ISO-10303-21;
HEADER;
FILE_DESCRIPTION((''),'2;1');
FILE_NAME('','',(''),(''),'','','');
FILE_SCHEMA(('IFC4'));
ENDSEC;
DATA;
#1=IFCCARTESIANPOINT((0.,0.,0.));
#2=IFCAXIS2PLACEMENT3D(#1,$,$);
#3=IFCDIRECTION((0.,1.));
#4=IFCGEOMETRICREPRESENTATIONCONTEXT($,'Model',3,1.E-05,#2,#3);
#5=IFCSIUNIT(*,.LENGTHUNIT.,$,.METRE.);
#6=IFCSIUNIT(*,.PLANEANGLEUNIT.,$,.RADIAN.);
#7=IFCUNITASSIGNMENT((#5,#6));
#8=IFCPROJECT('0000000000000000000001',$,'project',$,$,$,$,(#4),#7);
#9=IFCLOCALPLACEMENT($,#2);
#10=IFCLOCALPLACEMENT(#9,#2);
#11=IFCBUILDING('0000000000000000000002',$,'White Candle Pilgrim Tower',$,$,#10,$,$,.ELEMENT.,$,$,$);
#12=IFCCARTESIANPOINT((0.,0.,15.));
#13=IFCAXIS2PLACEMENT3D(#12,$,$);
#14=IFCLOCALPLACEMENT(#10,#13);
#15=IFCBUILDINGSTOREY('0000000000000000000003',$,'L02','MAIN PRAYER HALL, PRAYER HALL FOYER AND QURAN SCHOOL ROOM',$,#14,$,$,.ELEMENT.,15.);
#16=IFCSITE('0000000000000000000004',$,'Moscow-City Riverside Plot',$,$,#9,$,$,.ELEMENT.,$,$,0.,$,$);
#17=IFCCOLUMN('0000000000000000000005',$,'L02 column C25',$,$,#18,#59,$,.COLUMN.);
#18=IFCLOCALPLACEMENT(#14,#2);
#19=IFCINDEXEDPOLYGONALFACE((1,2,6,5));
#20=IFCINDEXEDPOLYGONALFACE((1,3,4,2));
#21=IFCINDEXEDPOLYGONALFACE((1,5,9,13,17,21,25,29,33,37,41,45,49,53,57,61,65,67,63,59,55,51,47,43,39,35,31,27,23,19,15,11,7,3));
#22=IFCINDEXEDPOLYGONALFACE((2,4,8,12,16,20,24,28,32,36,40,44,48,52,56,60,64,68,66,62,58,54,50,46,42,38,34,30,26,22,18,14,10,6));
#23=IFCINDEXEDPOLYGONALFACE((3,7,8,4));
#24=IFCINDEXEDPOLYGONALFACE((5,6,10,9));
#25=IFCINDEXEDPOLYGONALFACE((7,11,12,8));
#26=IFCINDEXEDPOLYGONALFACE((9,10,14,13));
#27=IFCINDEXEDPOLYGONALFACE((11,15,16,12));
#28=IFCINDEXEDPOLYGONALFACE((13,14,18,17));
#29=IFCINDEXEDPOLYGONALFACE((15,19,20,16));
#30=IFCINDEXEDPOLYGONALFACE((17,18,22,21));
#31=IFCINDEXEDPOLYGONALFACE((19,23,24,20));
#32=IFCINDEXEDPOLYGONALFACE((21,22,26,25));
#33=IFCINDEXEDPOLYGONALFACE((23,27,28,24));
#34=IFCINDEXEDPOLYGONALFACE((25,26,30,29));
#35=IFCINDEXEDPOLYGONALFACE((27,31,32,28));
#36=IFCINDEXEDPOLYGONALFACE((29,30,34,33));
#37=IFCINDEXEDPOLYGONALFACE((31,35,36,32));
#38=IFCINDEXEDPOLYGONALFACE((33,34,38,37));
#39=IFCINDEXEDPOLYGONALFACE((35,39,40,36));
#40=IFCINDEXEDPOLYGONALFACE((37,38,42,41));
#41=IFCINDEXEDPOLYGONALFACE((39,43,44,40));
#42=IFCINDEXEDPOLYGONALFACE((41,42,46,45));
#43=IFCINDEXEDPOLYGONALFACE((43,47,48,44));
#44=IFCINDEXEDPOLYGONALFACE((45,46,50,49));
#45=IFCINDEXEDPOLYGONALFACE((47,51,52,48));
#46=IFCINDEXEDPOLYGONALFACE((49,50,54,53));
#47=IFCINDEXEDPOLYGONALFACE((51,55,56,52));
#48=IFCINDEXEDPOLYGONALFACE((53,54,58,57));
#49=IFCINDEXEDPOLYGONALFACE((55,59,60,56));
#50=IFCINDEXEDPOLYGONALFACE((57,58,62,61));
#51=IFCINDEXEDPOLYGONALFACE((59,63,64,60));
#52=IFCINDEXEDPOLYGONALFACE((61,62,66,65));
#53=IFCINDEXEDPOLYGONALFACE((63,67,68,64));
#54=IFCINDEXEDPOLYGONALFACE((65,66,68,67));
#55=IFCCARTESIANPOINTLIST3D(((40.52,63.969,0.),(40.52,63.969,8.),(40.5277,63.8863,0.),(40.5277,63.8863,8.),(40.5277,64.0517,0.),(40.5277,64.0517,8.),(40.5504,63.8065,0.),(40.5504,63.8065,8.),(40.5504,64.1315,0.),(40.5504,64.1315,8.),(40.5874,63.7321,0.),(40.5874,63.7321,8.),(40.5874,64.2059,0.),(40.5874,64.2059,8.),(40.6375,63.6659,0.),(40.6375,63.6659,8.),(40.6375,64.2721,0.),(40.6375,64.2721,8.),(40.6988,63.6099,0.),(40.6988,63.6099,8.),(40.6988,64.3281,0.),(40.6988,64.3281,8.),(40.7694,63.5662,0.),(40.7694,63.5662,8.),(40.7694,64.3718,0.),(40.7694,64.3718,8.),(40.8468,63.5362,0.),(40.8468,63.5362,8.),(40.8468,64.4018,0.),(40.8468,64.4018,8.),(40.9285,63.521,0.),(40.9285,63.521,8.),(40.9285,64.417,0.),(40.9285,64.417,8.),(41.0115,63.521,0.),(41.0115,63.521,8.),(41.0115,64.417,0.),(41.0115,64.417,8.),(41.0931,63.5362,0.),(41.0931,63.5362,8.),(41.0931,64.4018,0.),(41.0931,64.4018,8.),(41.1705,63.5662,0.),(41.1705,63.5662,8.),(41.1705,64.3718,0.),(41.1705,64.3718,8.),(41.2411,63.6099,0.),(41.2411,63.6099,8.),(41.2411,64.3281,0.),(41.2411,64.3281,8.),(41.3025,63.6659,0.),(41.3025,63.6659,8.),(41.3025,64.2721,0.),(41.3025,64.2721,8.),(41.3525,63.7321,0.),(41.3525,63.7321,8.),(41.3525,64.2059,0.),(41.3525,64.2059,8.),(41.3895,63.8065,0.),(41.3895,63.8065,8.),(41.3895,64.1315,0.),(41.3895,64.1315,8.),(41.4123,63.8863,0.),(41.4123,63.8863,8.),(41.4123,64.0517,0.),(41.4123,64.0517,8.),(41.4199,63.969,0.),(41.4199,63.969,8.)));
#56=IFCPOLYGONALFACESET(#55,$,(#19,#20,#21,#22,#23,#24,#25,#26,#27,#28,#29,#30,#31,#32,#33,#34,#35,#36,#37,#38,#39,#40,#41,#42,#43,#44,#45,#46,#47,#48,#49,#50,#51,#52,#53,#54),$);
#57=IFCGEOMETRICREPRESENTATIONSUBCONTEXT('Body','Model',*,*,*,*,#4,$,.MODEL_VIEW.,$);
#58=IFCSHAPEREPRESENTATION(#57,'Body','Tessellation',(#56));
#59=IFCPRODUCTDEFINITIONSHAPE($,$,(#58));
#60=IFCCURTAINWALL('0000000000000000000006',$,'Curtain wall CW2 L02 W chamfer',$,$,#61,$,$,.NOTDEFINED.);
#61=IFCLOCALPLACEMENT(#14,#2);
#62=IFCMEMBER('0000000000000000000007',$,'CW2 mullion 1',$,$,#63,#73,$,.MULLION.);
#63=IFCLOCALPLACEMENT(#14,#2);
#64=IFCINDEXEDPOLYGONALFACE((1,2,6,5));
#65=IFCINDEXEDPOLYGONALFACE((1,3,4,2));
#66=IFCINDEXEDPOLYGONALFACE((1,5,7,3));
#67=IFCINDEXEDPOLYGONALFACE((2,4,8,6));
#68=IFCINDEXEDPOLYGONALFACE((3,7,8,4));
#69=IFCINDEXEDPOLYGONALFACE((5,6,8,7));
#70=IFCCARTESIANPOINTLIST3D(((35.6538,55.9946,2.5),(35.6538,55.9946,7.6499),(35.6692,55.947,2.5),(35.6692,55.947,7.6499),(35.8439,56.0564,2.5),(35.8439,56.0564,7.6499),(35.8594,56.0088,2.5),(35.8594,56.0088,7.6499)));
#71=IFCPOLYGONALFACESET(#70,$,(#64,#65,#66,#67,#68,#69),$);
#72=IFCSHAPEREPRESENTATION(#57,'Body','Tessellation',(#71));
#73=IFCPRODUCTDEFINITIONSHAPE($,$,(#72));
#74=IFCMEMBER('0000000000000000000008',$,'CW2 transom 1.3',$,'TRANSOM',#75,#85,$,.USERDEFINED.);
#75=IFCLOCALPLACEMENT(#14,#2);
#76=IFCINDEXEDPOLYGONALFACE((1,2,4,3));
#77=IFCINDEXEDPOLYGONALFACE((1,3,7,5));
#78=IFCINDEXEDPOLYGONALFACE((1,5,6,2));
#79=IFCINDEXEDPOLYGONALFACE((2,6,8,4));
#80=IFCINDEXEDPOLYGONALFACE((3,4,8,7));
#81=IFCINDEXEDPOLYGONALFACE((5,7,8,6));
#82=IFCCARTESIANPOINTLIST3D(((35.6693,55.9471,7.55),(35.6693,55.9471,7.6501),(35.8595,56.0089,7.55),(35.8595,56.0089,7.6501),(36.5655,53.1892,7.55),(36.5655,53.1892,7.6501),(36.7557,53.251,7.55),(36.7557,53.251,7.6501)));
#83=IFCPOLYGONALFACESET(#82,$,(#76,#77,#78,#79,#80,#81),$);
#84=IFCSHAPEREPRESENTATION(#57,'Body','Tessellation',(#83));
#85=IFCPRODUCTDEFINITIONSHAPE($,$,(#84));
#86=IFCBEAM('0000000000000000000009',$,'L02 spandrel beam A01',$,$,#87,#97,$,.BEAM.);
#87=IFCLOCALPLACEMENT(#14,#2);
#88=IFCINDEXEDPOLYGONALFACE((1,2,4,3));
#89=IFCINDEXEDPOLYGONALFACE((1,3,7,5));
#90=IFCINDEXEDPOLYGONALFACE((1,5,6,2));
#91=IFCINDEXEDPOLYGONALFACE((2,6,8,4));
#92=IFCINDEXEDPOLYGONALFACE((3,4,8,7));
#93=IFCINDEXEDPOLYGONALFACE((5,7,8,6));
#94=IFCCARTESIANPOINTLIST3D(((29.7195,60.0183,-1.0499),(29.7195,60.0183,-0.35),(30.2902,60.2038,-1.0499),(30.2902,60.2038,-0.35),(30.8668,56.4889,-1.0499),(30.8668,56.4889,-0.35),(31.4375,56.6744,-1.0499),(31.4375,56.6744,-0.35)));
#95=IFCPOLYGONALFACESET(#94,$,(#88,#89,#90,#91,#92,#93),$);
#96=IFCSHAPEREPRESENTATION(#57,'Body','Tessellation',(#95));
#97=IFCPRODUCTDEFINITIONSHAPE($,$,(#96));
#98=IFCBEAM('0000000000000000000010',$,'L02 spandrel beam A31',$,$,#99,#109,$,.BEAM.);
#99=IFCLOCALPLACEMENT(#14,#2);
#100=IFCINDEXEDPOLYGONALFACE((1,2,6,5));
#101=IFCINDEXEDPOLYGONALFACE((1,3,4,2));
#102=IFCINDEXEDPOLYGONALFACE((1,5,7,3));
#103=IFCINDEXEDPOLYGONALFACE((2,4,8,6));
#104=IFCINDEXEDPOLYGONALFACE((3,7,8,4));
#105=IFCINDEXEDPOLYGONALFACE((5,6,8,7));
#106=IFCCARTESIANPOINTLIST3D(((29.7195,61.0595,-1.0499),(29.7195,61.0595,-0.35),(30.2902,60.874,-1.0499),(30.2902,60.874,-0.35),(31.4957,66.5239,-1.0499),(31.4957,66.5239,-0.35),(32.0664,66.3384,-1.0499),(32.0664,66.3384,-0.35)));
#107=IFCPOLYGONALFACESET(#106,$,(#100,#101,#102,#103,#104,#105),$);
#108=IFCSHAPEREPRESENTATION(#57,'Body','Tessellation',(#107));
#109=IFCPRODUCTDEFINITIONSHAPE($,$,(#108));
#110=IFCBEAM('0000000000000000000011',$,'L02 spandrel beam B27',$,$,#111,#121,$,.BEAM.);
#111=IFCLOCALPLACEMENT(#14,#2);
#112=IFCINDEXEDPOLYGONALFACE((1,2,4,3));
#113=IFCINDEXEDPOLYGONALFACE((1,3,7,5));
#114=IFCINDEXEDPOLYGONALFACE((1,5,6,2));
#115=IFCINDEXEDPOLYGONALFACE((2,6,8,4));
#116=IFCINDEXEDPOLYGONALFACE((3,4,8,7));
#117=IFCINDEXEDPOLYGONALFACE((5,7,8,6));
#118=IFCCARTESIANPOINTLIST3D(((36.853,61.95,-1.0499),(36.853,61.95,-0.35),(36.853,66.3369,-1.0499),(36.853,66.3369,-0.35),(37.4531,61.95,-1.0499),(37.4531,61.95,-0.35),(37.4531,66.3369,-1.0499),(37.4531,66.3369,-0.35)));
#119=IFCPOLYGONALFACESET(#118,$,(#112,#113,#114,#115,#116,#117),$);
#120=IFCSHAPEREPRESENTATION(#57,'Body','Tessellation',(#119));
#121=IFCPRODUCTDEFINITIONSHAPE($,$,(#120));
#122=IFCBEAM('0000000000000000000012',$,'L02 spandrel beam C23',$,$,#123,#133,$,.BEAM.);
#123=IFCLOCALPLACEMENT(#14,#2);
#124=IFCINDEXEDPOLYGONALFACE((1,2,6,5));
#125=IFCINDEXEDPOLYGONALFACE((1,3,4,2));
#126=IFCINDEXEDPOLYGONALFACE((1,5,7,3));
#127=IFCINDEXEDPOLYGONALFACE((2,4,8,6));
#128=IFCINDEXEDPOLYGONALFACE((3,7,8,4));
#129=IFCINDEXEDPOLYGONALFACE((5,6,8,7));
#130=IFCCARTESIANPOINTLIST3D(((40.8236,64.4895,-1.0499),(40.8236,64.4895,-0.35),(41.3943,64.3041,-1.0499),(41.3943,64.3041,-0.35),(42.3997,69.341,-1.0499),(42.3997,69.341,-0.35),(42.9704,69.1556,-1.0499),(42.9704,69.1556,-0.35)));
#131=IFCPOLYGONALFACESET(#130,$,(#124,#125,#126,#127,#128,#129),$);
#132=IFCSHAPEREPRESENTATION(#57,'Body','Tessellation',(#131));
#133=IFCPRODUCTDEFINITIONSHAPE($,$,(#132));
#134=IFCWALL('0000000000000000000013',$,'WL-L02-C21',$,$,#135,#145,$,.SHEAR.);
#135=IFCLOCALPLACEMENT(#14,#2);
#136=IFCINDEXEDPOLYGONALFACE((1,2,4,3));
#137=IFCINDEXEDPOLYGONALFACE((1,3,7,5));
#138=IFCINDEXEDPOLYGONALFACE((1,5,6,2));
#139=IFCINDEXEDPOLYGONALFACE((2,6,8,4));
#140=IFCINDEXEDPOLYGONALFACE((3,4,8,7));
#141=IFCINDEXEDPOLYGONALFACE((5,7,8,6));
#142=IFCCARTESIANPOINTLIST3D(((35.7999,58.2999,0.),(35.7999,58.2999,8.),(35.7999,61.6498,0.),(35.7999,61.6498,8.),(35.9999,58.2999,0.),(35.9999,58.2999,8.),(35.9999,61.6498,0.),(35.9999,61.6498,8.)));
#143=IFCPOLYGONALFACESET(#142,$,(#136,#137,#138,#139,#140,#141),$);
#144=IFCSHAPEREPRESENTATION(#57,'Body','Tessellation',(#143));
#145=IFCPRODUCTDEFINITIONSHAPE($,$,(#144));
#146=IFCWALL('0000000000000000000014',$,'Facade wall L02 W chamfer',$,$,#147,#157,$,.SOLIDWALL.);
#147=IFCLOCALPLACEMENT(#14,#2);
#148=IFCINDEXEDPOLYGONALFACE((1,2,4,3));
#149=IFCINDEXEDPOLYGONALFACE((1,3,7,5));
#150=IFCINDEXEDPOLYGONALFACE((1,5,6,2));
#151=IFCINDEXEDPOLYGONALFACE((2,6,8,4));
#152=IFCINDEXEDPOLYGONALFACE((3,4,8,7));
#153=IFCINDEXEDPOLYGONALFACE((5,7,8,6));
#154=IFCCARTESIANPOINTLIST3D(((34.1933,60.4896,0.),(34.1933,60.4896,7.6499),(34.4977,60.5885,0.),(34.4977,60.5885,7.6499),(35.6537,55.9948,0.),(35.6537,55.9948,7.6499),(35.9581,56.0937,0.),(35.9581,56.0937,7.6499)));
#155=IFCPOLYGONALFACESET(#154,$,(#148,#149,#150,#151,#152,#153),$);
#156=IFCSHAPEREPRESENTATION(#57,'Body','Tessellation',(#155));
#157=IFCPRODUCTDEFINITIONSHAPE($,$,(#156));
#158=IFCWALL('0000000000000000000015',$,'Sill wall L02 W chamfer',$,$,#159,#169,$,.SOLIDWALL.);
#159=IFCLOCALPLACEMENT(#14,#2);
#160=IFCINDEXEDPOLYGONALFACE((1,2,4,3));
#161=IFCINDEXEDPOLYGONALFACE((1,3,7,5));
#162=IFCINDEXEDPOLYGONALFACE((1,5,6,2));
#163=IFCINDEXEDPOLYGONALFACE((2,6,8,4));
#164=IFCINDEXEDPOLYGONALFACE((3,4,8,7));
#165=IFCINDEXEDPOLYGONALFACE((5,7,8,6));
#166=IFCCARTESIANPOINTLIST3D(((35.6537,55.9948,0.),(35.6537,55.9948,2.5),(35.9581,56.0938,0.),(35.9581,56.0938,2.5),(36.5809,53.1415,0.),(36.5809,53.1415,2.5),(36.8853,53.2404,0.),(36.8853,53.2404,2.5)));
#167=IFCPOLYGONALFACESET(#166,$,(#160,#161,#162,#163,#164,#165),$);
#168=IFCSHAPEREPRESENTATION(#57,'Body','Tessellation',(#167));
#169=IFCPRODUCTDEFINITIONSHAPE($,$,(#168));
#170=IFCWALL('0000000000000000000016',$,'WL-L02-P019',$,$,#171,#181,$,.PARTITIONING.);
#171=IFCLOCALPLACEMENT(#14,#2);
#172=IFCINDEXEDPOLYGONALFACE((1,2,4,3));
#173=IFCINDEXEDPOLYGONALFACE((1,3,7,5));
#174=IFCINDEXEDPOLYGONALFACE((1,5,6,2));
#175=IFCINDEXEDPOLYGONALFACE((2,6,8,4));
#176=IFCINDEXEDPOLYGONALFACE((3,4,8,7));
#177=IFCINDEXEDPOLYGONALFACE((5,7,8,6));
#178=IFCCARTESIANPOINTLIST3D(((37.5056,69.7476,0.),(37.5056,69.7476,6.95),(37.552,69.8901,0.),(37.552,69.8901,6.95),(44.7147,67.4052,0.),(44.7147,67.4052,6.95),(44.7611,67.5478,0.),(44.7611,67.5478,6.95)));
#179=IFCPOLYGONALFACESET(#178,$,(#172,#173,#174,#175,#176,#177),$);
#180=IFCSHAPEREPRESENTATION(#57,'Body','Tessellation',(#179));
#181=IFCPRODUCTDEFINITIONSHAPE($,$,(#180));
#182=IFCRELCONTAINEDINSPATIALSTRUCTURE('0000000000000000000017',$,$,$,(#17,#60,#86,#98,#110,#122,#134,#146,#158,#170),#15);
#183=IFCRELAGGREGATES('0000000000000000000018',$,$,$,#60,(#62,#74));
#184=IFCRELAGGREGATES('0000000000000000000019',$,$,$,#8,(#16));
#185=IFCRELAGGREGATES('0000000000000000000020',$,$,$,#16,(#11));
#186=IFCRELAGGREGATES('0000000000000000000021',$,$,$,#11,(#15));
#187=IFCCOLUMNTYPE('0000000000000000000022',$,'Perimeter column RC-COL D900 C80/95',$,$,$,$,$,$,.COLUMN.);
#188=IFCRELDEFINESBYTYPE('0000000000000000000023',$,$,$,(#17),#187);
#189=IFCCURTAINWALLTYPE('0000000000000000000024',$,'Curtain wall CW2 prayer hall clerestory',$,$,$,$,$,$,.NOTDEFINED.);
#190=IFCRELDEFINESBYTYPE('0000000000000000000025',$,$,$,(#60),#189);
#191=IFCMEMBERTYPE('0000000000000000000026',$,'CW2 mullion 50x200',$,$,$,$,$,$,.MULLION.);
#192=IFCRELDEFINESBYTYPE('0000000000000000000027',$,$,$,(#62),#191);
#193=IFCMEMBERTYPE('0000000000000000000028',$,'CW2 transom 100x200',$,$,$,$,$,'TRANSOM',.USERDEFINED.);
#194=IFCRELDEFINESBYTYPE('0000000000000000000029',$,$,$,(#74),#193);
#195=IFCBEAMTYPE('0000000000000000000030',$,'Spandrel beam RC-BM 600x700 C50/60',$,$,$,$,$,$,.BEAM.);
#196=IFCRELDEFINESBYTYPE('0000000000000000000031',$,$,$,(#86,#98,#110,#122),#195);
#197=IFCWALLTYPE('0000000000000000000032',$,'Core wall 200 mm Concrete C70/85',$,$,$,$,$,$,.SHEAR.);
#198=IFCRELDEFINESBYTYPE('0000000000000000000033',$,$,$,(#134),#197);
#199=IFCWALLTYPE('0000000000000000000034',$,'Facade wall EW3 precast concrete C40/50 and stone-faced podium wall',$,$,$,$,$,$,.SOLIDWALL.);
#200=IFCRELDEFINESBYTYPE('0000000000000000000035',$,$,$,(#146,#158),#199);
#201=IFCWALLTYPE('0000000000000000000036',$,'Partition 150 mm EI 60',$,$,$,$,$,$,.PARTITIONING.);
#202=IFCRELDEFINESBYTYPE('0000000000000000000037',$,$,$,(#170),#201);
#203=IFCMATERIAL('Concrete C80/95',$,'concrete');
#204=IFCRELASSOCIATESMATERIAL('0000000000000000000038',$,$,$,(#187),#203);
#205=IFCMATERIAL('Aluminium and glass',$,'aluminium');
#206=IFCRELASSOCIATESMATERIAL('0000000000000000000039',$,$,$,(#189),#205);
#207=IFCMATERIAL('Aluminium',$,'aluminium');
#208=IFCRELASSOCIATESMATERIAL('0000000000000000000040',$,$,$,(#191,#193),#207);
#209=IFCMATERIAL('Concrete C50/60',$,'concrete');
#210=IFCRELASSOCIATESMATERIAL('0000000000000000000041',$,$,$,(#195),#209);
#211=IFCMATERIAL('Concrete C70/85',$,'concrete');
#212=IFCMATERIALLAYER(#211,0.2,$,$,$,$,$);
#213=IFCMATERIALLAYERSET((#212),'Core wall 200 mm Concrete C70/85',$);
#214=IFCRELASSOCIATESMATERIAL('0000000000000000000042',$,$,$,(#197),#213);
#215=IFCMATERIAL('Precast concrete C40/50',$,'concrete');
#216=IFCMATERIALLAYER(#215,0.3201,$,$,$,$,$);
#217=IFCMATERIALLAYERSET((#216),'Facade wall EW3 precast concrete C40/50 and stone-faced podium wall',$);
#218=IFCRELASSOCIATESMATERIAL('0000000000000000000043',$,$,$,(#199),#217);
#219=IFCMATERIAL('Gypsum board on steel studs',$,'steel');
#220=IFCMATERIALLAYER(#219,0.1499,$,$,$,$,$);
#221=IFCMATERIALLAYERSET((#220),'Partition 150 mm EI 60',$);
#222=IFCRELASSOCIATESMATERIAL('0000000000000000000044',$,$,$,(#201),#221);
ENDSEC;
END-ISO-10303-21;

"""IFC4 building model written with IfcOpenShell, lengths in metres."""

from ifc_helpers import new_model, si_unit, direction, frame, frame_2d, origin, origin_2d, place, context, subcontext, project, spatial, rectangle, circle, extrude, material, layer, layer_set, material_profile, profile_set, type_object, element, aggregate, save


model = new_model("IFC4")

# Units and contexts
model_context = context("Model", 3, precision=1e-05, world=origin(), true_north=direction((0.0, 1.0)))
body_context = subcontext(model_context, "Body", "Model", "MODEL_VIEW")
ifc_project = project(units=[si_unit("LENGTHUNIT", "METRE"), si_unit("PLANEANGLEUNIT", "RADIAN")], contexts=[model_context])

# Site, building, storey
site_placement = place(None, origin())
site = spatial("IfcSite", under=ifc_project, at=site_placement, Name="Moscow-City Riverside Plot", CompositionType="ELEMENT", RefElevation=0.0)
building_placement = place(site_placement, origin())
building = spatial("IfcBuilding", under=site, at=building_placement, Name="White Candle Pilgrim Tower", CompositionType="ELEMENT")
storey_placement = place(building_placement, frame((0.0, 0.0, 15.0)))
storey = spatial("IfcBuildingStorey", under=building, at=storey_placement, Name="L02", Description="MAIN PRAYER HALL, PRAYER HALL FOYER AND QURAN SCHOOL ROOM", CompositionType="ELEMENT", Elevation=15.0)

# Column
ifc_material_1 = material(Name="Concrete C80/95", Category="concrete")
ifc_material_profile_1 = material_profile(ifc_material_1, circle(Radius=0.45, at=origin_2d()), Name="RC-COL D900")
ifc_profile_set_1 = profile_set([ifc_material_profile_1], Name="Concrete C80/95")
column_type = type_object("IfcColumnType", Name="Perimeter column RC-COL D900 C80/95", PredefinedType="COLUMN", material=ifc_profile_set_1)
for number, where, z_axis, x_axis, name in (
    (1, (40.97, 63.969, 0.0), (0.0, 0.0, 1.0), (1.0, 0.0, 0.0), "L02 column C25"),
):
    element("IfcColumn", number, at=place(storey_placement, frame(where, z_axis=z_axis, x_axis=x_axis)), inside=storey, type_object=column_type, Name=name, PredefinedType="COLUMN", context=body_context, shape_type="SweptSolid", body=[
        extrude(circle(Radius=0.45, at=origin_2d()), origin(), (0.0, 0.0, 1.0), 8.0),
    ])

# Curtain wall, members
ifc_material_2 = material(Name="Aluminium and glass", Category="aluminium")
curtain_wall_type = type_object("IfcCurtainWallType", Name="Curtain wall CW2 prayer hall clerestory", PredefinedType="NOTDEFINED", material=ifc_material_2)
curtain_wall_placement = place(storey_placement, origin())
curtain_wall = element("IfcCurtainWall", 2, at=curtain_wall_placement, inside=storey, type_object=curtain_wall_type, Name="Curtain wall CW2 L02 W chamfer", PredefinedType="NOTDEFINED")
ifc_material_3 = material(Name="Aluminium", Category="aluminium")
ifc_material_profile_2 = material_profile(ifc_material_3, rectangle(XDim=0.2, YDim=0.05, at=origin_2d()), Name="CW2 mullion 50x200")
ifc_profile_set_2 = profile_set([ifc_material_profile_2], Name="Aluminium")
member_type_1 = type_object("IfcMemberType", Name="CW2 mullion 50x200", PredefinedType="MULLION", material=ifc_profile_set_2)
member_1_placement = place(storey_placement, frame((35.7566, 56.0017, 2.5), z_axis=(0.0, 0.0, 1.0), x_axis=(0.951057, 0.309017, 0.0)))
member_1 = element("IfcMember", 3, at=member_1_placement, type_object=member_type_1, Name="CW2 mullion 1", PredefinedType="MULLION", context=body_context, shape_type="SweptSolid", body=[
    extrude(rectangle(XDim=0.2, YDim=0.05, at=origin_2d()), origin(), (0.0, 0.0, 1.0), 5.1499),
])
ifc_material_profile_3 = material_profile(ifc_material_3, rectangle(XDim=0.2, YDim=0.1001, at=origin_2d()), Name="CW2 transom 100x200")
ifc_profile_set_3 = profile_set([ifc_material_profile_3], Name="Aluminium")
member_type_2 = type_object("IfcMemberType", Name="CW2 transom 100x200", ElementType="TRANSOM", PredefinedType="USERDEFINED", material=ifc_profile_set_3)
member_2_placement = place(storey_placement, frame((35.7644, 55.978, 7.6001), z_axis=(0.309046, -0.951047, 0.0), x_axis=(0.951047, 0.309046, 0.0)))
member_2 = element("IfcMember", 4, at=member_2_placement, type_object=member_type_2, Name="CW2 transom 1.3", ObjectType="TRANSOM", PredefinedType="USERDEFINED", context=body_context, shape_type="SweptSolid", body=[
    extrude(rectangle(XDim=0.2, YDim=0.1001, at=origin_2d()), origin(), (0.0, 0.0, 1.0), 2.8999),
])
aggregate(curtain_wall, [member_1, member_2])

# Beams
ifc_material_4 = material(Name="Concrete C50/60", Category="concrete")
ifc_material_profile_4 = material_profile(ifc_material_4, rectangle(XDim=0.6001, YDim=0.7, at=origin_2d()), Name="RC-BM 600x700")
ifc_profile_set_4 = profile_set([ifc_material_profile_4], Name="Concrete C50/60")
beam_type = type_object("IfcBeamType", Name="Spandrel beam RC-BM 600x700 C50/60", PredefinedType="BEAM", material=ifc_profile_set_4)
beam_1_placement = place(storey_placement, frame((30.0049, 60.1111, -0.7), z_axis=(0.309134, -0.951019, 0.0), x_axis=(0.951019, 0.309134, 0.0)))
element("IfcBeam", 5, at=beam_1_placement, inside=storey, type_object=beam_type, Name="L02 spandrel beam A01", PredefinedType="BEAM", context=body_context, shape_type="SweptSolid", body=[
    extrude(rectangle(XDim=0.6001, YDim=0.7, at=origin_2d()), origin(), (0.0, 0.0, 1.0), 3.7112),
])
beam_2_placement = place(storey_placement, frame((31.781, 66.4312, -0.7), z_axis=(-0.309119, -0.951023, 0.0), x_axis=(0.951023, -0.309119, 0.0)))
element("IfcBeam", 6, at=beam_2_placement, inside=storey, type_object=beam_type, Name="L02 spandrel beam A31", PredefinedType="BEAM", context=body_context, shape_type="SweptSolid", body=[
    extrude(rectangle(XDim=0.6001, YDim=0.7, at=origin_2d()), origin(), (0.0, 0.0, 1.0), 5.7458),
])
beam_3_placement = place(storey_placement, frame((37.1531, 66.3369, -0.7), z_axis=(0.0, -1.0, 0.0), x_axis=(1.0, 0.0, 0.0)))
element("IfcBeam", 7, at=beam_3_placement, inside=storey, type_object=beam_type, Name="L02 spandrel beam B27", PredefinedType="BEAM", context=body_context, shape_type="SweptSolid", body=[
    extrude(rectangle(XDim=0.6001, YDim=0.7, at=origin_2d()), origin(), (0.0, 0.0, 1.0), 4.387),
])
beam_4_placement = place(storey_placement, frame((42.6851, 69.2483, -0.7), z_axis=(-0.308982, -0.951068, 0.0), x_axis=(0.951068, -0.308982, 0.0)))
element("IfcBeam", 8, at=beam_4_placement, inside=storey, type_object=beam_type, Name="L02 spandrel beam C23", PredefinedType="BEAM", context=body_context, shape_type="SweptSolid", body=[
    extrude(rectangle(XDim=0.6001, YDim=0.7, at=origin_2d()), origin(), (0.0, 0.0, 1.0), 5.1011),
])

# Walls
ifc_material_5 = material(Name="Concrete C70/85", Category="concrete")
ifc_layer_1 = layer(ifc_material_5, 0.2)
ifc_layer_set_1 = layer_set([ifc_layer_1], Name="Core wall 200 mm Concrete C70/85")
wall_type_1 = type_object("IfcWallType", Name="Core wall 200 mm Concrete C70/85", PredefinedType="SHEAR", material=ifc_layer_set_1)
wall_1_placement = place(storey_placement, frame((35.8999, 58.3, 0.0), z_axis=(0.0, 0.0, 1.0), x_axis=(0.0, 1.0, 0.0)))
element("IfcWall", 9, at=wall_1_placement, inside=storey, type_object=wall_type_1, Name="WL-L02-C21", PredefinedType="SHEAR", context=body_context, shape_type="SweptSolid", body=[
    extrude(rectangle(XDim=3.3499, YDim=0.2, at=frame_2d((1.6748, 0.0))), origin(), (0.0, 0.0, 1.0), 8.0),
])
ifc_material_6 = material(Name="Precast concrete C40/50", Category="concrete")
ifc_layer_2 = layer(ifc_material_6, 0.3201)
ifc_layer_set_2 = layer_set([ifc_layer_2], Name="Facade wall EW3 precast concrete C40/50 and stone-faced podium wall")
wall_type_2 = type_object("IfcWallType", Name="Facade wall EW3 precast concrete C40/50 and stone-faced podium wall", PredefinedType="SOLIDWALL", material=ifc_layer_set_2)
wall_2_placement = place(storey_placement, frame((34.3455, 60.5391, 0.0), z_axis=(0.0, 0.0, 1.0), x_axis=(0.309012, -0.951058, 0.0)))
element("IfcWall", 10, at=wall_2_placement, inside=storey, type_object=wall_type_2, Name="Facade wall L02 W chamfer", PredefinedType="SOLIDWALL", context=body_context, shape_type="SweptSolid", body=[
    extrude(rectangle(XDim=4.7261, YDim=0.3201, at=frame_2d((2.363, 0.0))), origin(), (0.0, 0.0, 1.0), 7.6499),
])
wall_3_placement = place(storey_placement, frame((35.8059, 56.0442, 0.0), z_axis=(0.0, 0.0, 1.0), x_axis=(0.309066, -0.951041, 0.0)))
element("IfcWall", 11, at=wall_3_placement, inside=storey, type_object=wall_type_2, Name="Sill wall L02 W chamfer", PredefinedType="SOLIDWALL", context=body_context, shape_type="SweptSolid", body=[
    extrude(rectangle(XDim=3.0002, YDim=0.3201, at=frame_2d((1.5, 0.0))), origin(), (0.0, 0.0, 1.0), 2.5),
])
ifc_material_7 = material(Name="Gypsum board on steel studs", Category="steel")
ifc_layer_3 = layer(ifc_material_7, 0.1499)
ifc_layer_set_3 = layer_set([ifc_layer_3], Name="Partition 150 mm EI 60")
wall_type_3 = type_object("IfcWallType", Name="Partition 150 mm EI 60", PredefinedType="PARTITIONING", material=ifc_layer_set_3)
wall_4_placement = place(storey_placement, frame((37.5288, 69.8188, 0.0), z_axis=(0.0, 0.0, 1.0), x_axis=(0.951059, -0.30901, 0.0)))
element("IfcWall", 12, at=wall_4_placement, inside=storey, type_object=wall_type_3, Name="WL-L02-P019", PredefinedType="PARTITIONING", context=body_context, shape_type="SweptSolid", body=[
    extrude(rectangle(XDim=7.5801, YDim=0.1499, at=frame_2d((3.79, 0.0))), origin(), (0.0, 0.0, 1.0), 6.95),
])

save(model, "model.ifc")
